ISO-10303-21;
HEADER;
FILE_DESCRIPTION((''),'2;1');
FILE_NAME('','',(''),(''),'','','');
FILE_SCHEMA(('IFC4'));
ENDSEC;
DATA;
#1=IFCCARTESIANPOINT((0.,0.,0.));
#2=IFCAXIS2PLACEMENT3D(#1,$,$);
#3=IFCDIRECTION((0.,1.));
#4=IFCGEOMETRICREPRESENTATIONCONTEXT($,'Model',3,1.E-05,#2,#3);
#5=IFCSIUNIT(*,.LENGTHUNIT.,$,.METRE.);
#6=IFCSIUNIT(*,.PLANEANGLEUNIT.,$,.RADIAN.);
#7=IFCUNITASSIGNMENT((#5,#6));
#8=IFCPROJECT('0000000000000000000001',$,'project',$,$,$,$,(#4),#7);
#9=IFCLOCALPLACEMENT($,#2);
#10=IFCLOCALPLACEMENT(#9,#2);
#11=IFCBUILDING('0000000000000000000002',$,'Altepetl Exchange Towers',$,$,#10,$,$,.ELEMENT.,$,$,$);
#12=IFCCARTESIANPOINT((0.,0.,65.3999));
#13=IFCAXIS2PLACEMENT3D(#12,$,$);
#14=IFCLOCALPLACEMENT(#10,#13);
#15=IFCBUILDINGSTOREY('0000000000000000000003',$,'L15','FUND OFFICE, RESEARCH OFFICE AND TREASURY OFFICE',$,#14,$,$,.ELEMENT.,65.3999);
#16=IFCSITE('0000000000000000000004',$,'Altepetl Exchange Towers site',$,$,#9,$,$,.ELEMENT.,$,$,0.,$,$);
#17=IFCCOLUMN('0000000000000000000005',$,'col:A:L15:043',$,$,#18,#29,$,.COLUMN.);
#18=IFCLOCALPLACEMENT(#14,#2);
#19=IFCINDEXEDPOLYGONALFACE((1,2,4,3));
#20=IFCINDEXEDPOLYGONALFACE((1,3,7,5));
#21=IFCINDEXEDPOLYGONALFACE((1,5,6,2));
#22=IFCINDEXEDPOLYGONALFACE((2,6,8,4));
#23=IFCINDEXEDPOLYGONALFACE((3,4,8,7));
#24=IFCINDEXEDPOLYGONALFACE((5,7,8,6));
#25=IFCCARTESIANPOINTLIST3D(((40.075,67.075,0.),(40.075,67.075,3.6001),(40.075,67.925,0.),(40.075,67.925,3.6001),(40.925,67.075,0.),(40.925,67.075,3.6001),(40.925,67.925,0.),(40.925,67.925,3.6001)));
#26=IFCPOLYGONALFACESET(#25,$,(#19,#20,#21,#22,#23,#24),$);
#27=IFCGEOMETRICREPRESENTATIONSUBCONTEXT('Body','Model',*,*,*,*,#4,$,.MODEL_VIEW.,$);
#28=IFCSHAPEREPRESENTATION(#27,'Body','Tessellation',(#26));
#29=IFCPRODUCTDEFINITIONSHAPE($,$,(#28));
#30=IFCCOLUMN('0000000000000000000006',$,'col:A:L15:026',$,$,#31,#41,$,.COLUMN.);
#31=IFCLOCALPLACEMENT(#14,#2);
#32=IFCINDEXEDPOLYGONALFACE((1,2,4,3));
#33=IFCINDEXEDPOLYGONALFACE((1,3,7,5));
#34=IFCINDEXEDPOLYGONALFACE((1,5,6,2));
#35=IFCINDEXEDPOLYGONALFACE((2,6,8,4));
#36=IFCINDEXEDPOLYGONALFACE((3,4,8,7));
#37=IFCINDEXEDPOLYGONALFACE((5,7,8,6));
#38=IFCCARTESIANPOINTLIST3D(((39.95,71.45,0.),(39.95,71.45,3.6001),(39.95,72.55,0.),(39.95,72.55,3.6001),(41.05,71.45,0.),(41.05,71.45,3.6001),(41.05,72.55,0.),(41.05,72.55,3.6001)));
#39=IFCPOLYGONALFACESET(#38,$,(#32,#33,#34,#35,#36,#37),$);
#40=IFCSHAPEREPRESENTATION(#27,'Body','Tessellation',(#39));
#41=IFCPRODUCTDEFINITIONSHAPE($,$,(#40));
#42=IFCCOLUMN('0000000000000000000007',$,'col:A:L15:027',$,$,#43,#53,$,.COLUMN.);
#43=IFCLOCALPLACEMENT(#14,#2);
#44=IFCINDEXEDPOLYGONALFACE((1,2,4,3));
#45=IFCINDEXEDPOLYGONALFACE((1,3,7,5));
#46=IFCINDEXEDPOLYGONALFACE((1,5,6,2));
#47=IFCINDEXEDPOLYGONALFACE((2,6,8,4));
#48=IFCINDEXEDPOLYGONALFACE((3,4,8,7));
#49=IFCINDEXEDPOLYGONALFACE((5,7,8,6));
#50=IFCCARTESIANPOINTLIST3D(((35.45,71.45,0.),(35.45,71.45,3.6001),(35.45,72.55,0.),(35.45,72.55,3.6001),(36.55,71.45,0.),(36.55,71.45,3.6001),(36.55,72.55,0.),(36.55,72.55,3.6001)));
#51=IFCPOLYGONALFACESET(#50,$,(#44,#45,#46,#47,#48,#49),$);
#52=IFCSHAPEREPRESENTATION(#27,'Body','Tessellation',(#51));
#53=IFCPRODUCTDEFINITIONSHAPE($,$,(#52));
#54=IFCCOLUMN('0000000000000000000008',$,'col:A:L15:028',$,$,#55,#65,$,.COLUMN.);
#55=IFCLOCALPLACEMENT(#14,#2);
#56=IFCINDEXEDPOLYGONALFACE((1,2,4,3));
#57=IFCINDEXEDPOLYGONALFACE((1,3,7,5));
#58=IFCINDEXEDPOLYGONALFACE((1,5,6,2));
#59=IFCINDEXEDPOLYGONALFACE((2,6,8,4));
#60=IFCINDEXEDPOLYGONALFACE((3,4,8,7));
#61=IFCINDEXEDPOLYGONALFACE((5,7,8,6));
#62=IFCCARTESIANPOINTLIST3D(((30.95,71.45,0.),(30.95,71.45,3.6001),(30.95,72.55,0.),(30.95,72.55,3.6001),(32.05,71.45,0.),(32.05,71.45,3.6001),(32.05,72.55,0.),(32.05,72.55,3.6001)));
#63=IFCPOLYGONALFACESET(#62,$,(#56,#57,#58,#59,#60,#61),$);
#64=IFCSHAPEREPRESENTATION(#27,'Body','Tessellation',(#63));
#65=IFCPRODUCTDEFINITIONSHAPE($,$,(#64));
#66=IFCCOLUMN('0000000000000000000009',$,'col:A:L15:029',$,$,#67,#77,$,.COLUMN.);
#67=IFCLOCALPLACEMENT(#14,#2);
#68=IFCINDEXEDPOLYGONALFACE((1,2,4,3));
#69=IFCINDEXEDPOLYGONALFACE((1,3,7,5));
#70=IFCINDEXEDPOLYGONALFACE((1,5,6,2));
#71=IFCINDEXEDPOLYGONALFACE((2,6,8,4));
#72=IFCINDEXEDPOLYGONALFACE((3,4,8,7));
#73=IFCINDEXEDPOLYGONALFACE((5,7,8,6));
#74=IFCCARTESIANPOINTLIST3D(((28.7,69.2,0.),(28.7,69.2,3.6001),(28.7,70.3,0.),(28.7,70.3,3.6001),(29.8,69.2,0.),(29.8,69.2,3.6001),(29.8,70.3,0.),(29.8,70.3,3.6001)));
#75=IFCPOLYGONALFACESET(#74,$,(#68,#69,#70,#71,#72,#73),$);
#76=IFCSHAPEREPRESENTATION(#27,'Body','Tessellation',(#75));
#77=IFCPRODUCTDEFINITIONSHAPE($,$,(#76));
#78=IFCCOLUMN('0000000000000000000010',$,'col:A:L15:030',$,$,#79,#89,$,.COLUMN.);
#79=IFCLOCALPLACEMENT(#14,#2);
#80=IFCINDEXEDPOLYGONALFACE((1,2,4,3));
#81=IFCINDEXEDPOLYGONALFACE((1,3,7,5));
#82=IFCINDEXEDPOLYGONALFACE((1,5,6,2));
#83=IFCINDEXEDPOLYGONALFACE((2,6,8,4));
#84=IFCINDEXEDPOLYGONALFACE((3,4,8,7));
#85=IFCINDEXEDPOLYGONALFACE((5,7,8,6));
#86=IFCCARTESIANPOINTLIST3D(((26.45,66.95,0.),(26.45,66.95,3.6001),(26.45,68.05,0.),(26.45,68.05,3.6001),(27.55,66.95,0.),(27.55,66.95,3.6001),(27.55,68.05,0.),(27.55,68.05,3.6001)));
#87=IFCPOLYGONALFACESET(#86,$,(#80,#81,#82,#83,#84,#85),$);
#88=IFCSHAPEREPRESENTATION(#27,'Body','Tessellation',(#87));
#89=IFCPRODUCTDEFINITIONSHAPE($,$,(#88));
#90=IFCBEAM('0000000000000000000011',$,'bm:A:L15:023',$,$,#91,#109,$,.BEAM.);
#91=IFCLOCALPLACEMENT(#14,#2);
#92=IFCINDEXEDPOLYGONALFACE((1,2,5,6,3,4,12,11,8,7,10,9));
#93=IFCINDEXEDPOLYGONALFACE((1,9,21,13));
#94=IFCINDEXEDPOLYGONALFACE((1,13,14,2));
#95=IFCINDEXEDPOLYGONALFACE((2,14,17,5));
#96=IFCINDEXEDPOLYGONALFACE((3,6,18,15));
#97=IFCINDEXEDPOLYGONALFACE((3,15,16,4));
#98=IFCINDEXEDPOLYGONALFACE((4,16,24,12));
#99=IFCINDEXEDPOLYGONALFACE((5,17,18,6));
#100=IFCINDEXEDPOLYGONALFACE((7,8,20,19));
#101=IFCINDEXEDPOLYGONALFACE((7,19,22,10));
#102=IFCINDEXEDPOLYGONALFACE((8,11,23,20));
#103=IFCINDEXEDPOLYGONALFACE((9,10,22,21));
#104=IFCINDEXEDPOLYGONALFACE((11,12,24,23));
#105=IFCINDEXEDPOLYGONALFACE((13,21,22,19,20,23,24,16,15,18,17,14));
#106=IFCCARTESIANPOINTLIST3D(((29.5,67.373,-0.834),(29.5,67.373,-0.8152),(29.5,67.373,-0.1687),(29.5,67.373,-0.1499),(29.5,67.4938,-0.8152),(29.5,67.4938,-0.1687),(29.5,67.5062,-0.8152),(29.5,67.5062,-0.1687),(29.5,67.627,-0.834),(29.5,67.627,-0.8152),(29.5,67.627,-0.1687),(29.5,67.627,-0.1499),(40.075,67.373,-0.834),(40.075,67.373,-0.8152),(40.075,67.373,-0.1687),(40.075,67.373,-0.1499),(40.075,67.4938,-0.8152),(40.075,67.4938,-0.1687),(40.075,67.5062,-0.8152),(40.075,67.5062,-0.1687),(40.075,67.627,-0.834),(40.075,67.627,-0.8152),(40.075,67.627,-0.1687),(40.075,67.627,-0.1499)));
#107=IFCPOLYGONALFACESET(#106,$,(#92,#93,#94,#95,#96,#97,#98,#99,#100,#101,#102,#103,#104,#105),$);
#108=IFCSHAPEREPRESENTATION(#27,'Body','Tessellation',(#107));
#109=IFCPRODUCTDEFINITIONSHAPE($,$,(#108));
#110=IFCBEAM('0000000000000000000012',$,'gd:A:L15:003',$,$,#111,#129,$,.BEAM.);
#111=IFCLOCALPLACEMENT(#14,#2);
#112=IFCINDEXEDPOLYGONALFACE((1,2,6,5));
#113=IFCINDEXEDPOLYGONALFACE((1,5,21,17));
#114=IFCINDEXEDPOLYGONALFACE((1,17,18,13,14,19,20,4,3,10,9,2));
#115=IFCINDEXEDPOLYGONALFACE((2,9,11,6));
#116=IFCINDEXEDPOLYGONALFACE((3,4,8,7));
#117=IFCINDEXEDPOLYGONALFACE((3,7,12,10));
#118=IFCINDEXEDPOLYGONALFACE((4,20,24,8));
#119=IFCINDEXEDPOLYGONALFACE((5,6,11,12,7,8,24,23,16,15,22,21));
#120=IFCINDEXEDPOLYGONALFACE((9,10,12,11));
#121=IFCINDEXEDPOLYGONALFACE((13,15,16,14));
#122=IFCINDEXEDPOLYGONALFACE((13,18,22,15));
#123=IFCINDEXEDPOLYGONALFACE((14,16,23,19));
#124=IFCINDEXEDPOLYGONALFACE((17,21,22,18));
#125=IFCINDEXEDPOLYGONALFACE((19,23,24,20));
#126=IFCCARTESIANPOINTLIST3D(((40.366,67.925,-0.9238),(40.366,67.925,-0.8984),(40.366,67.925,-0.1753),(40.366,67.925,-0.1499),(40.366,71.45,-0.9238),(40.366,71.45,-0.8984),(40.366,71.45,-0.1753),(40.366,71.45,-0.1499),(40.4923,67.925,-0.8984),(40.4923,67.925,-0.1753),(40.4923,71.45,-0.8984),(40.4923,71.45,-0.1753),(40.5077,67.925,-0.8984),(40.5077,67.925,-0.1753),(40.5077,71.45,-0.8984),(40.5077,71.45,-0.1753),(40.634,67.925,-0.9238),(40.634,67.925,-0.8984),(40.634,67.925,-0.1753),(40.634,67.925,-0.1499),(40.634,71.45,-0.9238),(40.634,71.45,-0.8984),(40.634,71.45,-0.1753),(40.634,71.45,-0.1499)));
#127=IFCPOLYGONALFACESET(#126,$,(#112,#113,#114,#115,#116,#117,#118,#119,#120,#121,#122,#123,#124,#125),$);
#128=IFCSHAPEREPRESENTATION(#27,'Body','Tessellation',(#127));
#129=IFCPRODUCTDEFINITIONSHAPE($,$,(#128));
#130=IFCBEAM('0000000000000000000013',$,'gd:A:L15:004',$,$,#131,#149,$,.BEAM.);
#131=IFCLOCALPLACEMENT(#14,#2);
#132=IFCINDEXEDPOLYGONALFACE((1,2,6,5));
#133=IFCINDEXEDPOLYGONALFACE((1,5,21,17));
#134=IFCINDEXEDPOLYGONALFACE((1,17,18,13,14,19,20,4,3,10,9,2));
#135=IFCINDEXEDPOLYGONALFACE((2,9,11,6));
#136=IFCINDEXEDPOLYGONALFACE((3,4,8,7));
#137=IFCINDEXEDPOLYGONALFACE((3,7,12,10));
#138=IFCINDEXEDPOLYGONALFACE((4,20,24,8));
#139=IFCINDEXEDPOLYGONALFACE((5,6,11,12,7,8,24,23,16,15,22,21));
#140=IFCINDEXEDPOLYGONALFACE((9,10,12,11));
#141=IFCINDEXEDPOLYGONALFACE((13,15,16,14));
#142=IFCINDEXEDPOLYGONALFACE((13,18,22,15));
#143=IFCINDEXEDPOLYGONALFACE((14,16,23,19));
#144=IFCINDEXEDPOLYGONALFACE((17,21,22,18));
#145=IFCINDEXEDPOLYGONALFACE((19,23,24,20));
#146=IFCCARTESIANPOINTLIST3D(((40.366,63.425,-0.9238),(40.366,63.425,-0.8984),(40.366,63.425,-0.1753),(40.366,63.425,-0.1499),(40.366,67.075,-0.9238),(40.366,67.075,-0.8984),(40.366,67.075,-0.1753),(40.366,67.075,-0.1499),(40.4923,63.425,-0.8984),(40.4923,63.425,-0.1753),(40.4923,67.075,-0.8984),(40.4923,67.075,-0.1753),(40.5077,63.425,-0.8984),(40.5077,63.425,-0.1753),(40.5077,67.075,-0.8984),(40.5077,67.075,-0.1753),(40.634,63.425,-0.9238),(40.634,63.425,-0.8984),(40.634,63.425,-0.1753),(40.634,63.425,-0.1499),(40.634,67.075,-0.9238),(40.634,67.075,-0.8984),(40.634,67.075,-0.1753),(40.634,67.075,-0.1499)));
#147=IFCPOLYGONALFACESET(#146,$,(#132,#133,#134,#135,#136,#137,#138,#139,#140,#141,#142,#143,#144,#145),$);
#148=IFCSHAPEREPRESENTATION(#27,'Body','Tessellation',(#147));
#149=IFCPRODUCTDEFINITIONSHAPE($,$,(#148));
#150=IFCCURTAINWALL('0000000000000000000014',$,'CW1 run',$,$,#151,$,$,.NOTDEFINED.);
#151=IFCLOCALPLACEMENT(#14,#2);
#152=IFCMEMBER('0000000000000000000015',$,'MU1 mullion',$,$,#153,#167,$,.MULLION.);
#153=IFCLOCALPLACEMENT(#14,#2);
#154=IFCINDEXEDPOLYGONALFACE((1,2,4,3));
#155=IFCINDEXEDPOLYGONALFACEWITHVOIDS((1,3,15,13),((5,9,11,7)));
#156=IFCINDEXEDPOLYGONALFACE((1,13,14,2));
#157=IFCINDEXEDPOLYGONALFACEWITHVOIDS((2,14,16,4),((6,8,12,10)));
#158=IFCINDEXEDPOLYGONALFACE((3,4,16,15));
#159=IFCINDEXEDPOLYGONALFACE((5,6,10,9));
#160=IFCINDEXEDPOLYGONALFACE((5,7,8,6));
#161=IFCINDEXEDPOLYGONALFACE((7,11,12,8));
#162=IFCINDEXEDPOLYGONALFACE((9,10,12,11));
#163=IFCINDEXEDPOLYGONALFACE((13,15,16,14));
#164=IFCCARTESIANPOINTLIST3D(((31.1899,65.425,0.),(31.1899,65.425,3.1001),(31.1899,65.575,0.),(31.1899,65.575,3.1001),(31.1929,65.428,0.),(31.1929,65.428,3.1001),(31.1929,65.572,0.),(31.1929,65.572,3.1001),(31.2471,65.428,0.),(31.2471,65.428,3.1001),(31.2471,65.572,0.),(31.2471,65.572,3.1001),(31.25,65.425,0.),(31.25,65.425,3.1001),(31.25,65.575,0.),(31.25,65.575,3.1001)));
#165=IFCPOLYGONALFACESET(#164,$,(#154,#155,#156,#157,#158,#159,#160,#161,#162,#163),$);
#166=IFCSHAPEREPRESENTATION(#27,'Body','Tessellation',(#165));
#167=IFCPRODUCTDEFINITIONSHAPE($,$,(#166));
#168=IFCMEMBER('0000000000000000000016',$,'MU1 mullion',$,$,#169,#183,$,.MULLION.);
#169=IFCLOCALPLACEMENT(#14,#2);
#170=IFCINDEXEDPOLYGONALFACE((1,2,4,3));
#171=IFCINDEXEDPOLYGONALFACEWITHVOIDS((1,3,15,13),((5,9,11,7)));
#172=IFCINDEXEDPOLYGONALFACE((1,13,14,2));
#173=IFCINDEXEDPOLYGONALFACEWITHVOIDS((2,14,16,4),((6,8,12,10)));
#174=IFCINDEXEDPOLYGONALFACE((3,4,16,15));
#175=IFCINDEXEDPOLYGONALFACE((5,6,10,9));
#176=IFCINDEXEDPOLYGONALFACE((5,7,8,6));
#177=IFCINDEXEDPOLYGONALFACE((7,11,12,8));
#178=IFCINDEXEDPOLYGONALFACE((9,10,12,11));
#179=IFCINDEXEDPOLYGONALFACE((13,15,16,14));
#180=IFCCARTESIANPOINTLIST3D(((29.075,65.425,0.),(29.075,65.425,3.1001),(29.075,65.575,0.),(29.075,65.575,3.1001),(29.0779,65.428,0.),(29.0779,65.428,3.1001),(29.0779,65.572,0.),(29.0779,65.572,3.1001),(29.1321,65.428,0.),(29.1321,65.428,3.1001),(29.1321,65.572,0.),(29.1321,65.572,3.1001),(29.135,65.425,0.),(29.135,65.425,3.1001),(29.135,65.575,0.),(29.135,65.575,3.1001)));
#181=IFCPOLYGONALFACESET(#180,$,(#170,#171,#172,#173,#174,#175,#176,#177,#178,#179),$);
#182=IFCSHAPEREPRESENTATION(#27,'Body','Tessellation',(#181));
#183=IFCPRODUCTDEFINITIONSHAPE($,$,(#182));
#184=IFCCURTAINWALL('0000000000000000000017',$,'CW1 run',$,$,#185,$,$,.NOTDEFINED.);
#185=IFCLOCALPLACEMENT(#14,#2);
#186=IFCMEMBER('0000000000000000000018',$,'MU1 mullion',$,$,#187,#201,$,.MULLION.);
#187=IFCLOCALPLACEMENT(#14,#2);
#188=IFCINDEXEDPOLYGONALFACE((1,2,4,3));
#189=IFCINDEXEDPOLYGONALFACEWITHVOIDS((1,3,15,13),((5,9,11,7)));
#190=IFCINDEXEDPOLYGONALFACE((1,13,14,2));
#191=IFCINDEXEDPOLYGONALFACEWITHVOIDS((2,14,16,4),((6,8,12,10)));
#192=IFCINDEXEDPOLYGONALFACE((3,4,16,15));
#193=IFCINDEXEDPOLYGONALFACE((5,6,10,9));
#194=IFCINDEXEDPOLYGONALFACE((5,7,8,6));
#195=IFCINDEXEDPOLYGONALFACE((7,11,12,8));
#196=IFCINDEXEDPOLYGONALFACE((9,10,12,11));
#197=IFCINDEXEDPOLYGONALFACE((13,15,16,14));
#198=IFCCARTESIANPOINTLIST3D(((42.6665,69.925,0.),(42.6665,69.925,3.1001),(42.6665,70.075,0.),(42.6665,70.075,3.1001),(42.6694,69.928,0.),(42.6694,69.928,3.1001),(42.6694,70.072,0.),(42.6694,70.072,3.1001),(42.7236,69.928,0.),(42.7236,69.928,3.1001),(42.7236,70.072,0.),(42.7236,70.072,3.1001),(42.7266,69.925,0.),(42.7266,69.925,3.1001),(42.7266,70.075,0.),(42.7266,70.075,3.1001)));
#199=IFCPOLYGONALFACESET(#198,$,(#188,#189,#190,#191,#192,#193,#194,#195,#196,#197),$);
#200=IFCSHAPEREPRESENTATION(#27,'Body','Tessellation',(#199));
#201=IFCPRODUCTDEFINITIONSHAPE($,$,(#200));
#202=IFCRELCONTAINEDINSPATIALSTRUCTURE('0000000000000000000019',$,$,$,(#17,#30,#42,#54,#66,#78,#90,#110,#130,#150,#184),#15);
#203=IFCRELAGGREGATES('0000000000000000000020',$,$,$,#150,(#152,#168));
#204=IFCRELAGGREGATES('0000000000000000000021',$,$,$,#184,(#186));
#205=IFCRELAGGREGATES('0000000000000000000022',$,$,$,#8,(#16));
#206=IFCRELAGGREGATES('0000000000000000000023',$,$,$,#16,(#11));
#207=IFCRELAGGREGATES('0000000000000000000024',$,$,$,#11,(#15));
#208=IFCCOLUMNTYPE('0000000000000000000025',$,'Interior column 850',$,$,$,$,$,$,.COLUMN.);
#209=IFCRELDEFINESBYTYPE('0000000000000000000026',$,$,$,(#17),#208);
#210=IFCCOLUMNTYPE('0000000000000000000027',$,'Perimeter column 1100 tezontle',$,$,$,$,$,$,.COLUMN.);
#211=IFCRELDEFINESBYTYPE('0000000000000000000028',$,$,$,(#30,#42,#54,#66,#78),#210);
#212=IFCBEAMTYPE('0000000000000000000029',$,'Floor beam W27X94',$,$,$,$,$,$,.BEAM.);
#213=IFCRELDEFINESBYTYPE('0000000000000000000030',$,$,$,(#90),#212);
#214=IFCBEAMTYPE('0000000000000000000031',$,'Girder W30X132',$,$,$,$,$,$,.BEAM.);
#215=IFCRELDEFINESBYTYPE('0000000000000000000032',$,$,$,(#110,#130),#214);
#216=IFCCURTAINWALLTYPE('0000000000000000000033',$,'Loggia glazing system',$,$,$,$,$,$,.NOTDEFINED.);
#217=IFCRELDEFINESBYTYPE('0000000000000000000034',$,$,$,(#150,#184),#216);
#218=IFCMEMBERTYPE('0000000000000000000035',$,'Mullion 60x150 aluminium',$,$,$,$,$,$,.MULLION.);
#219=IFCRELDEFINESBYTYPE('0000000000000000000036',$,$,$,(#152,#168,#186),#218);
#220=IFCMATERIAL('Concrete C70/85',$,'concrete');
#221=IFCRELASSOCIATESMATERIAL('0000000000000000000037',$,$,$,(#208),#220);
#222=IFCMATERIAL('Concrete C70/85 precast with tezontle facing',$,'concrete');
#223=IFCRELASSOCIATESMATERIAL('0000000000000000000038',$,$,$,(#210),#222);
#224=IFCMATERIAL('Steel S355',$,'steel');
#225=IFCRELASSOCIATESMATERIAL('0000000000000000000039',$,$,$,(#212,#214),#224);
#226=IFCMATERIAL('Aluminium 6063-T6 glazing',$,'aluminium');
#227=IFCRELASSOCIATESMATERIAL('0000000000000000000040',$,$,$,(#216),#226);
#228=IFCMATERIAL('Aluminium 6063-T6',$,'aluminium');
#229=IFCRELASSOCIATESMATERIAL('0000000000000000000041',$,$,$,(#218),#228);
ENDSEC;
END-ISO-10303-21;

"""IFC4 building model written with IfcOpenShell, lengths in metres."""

from ifc_helpers import new_model, si_unit, direction, frame, origin, origin_2d, place, context, subcontext, project, spatial, rectangle, hollow_rectangle, i_section, extrude, material, material_profile, profile_set, type_object, element, aggregate, save


model = new_model("IFC4")

# Units and contexts
model_context = context("Model", 3, precision=1e-05, world=origin(), true_north=direction((0.0, 1.0)))
body_context = subcontext(model_context, "Body", "Model", "MODEL_VIEW")
ifc_project = project(units=[si_unit("LENGTHUNIT", "METRE"), si_unit("PLANEANGLEUNIT", "RADIAN")], contexts=[model_context])

# Site, building, storey
site_placement = place(None, origin())
site = spatial("IfcSite", under=ifc_project, at=site_placement, Name="Altepetl Exchange Towers site", CompositionType="ELEMENT", RefElevation=0.0)
building_placement = place(site_placement, origin())
building = spatial("IfcBuilding", under=site, at=building_placement, Name="Altepetl Exchange Towers", CompositionType="ELEMENT")
storey_placement = place(building_placement, frame((0.0, 0.0, 65.3999)))
storey = spatial("IfcBuildingStorey", under=building, at=storey_placement, Name="L15", Description="FUND OFFICE, RESEARCH OFFICE AND TREASURY OFFICE", CompositionType="ELEMENT", Elevation=65.3999)

# Columns
ifc_material_1 = material(Name="Concrete C70/85", Category="concrete")
ifc_material_profile_1 = material_profile(ifc_material_1, rectangle(XDim=0.8501, YDim=0.8501, at=origin_2d()), Name="850 x 850")
ifc_profile_set_1 = profile_set([ifc_material_profile_1], Name="Concrete C70/85")
column_type_1 = type_object("IfcColumnType", Name="Interior column 850", PredefinedType="COLUMN", material=ifc_profile_set_1)
column_placement = place(storey_placement, frame((40.5, 67.5, 0.0)))
element("IfcColumn", 1, at=column_placement, inside=storey, type_object=column_type_1, Name="col:A:L15:043", PredefinedType="COLUMN", context=body_context, shape_type="SweptSolid", body=[
    extrude(rectangle(XDim=0.8501, YDim=0.8501, at=origin_2d()), origin(), (0.0, 0.0, 1.0), 3.6001),
])
ifc_material_2 = material(Name="Concrete C70/85 precast with tezontle facing", Category="concrete")
ifc_material_profile_2 = material_profile(ifc_material_2, rectangle(XDim=1.1001, YDim=1.1001, at=origin_2d()), Name="1100 x 1100")
ifc_profile_set_2 = profile_set([ifc_material_profile_2], Name="Concrete C70/85 precast with tezontle facing")
column_type_2 = type_object("IfcColumnType", Name="Perimeter column 1100 tezontle", PredefinedType="COLUMN", material=ifc_profile_set_2)
for number, where, name in (
    (2, (40.5, 72.0, 0.0), "col:A:L15:026"),
    (3, (36.0, 72.0, 0.0), "col:A:L15:027"),
    (4, (31.5, 72.0, 0.0), "col:A:L15:028"),
    (5, (29.25, 69.75, 0.0), "col:A:L15:029"),
    (6, (27.0, 67.5, 0.0), "col:A:L15:030"),
):
    element("IfcColumn", number, at=place(storey_placement, frame(where)), inside=storey, type_object=column_type_2, Name=name, PredefinedType="COLUMN", context=body_context, shape_type="SweptSolid", body=[
        extrude(rectangle(XDim=1.1001, YDim=1.1001, at=origin_2d()), origin(), (0.0, 0.0, 1.0), 3.6001),
    ])

# Beams
ifc_material_3 = material(Name="Steel S355", Category="steel")
ifc_material_profile_3 = material_profile(ifc_material_3, i_section(OverallWidth=0.2539, OverallDepth=0.6841, WebThickness=0.0125, FlangeThickness=0.0188, at=origin_2d()), Name="W27X94")
ifc_profile_set_3 = profile_set([ifc_material_profile_3], Name="Steel S355")
beam_type_1 = type_object("IfcBeamType", Name="Floor beam W27X94", PredefinedType="BEAM", material=ifc_profile_set_3)
beam_1_placement = place(storey_placement, frame((29.5, 67.5, -0.4919), z_axis=(1.0, 0.0, 0.0), x_axis=(0.0, 1.0, 0.0)))
element("IfcBeam", 7, at=beam_1_placement, inside=storey, type_object=beam_type_1, Name="bm:A:L15:023", PredefinedType="BEAM", context=body_context, shape_type="SweptSolid", body=[
    extrude(i_section(OverallWidth=0.2539, OverallDepth=0.6841, WebThickness=0.0125, FlangeThickness=0.0188, at=origin_2d()), origin(), (0.0, 0.0, 1.0), 10.575),
])
ifc_material_profile_4 = material_profile(ifc_material_3, i_section(OverallWidth=0.2681, OverallDepth=0.7739, WebThickness=0.0154, FlangeThickness=0.0254, at=origin_2d()), Name="W30X132")
ifc_profile_set_4 = profile_set([ifc_material_profile_4], Name="Steel S355")
beam_type_2 = type_object("IfcBeamType", Name="Girder W30X132", PredefinedType="BEAM", material=ifc_profile_set_4)
beam_2_placement = place(storey_placement, frame((40.5, 71.45, -0.5369), z_axis=(0.0, -1.0, 0.0), x_axis=(1.0, 0.0, 0.0)))
element("IfcBeam", 8, at=beam_2_placement, inside=storey, type_object=beam_type_2, Name="gd:A:L15:003", PredefinedType="BEAM", context=body_context, shape_type="SweptSolid", body=[
    extrude(i_section(OverallWidth=0.2681, OverallDepth=0.7739, WebThickness=0.0154, FlangeThickness=0.0254, at=origin_2d()), origin(), (0.0, 0.0, 1.0), 3.5249),
])
beam_3_placement = place(storey_placement, frame((40.5, 67.075, -0.5369), z_axis=(0.0, -1.0, 0.0), x_axis=(1.0, 0.0, 0.0)))
element("IfcBeam", 9, at=beam_3_placement, inside=storey, type_object=beam_type_2, Name="gd:A:L15:004", PredefinedType="BEAM", context=body_context, shape_type="SweptSolid", body=[
    extrude(i_section(OverallWidth=0.2681, OverallDepth=0.7739, WebThickness=0.0154, FlangeThickness=0.0254, at=origin_2d()), origin(), (0.0, 0.0, 1.0), 3.6499),
])

# Curtain walls, members
ifc_material_4 = material(Name="Aluminium 6063-T6 glazing", Category="aluminium")
curtain_wall_type = type_object("IfcCurtainWallType", Name="Loggia glazing system", PredefinedType="NOTDEFINED", material=ifc_material_4)
curtain_wall_1_placement = place(storey_placement, origin())
curtain_wall_1 = element("IfcCurtainWall", 10, at=curtain_wall_1_placement, inside=storey, type_object=curtain_wall_type, Name="CW1 run", PredefinedType="NOTDEFINED")
ifc_material_5 = material(Name="Aluminium 6063-T6", Category="aluminium")
ifc_material_profile_5 = material_profile(ifc_material_5, hollow_rectangle(XDim=0.0601, YDim=0.1499, WallThickness=0.0029, at=origin_2d()), Name="Mullion 60x150 aluminium")
ifc_profile_set_5 = profile_set([ifc_material_profile_5], Name="Aluminium 6063-T6")
member_type = type_object("IfcMemberType", Name="Mullion 60x150 aluminium", PredefinedType="MULLION", material=ifc_profile_set_5)
member_1_placement = place(storey_placement, frame((31.22, 65.5, 0.0), z_axis=(0.0, 0.0, 1.0), x_axis=(-1.0, 0.0, 0.0)))
member_1 = element("IfcMember", 11, at=member_1_placement, type_object=member_type, Name="MU1 mullion", PredefinedType="MULLION", context=body_context, shape_type="SweptSolid", body=[
    extrude(hollow_rectangle(XDim=0.0601, YDim=0.1499, WallThickness=0.0029, at=origin_2d()), origin(), (0.0, 0.0, 1.0), 3.1001),
])
member_2_placement = place(storey_placement, frame((29.105, 65.5, 0.0), z_axis=(0.0, 0.0, 1.0), x_axis=(-1.0, 0.0, 0.0)))
member_2 = element("IfcMember", 12, at=member_2_placement, type_object=member_type, Name="MU1 mullion", PredefinedType="MULLION", context=body_context, shape_type="SweptSolid", body=[
    extrude(hollow_rectangle(XDim=0.0601, YDim=0.1499, WallThickness=0.0029, at=origin_2d()), origin(), (0.0, 0.0, 1.0), 3.1001),
])
curtain_wall_2_placement = place(storey_placement, origin())
curtain_wall_2 = element("IfcCurtainWall", 13, at=curtain_wall_2_placement, inside=storey, type_object=curtain_wall_type, Name="CW1 run", PredefinedType="NOTDEFINED")
member_3_placement = place(storey_placement, frame((42.6965, 70.0, 0.0), z_axis=(0.0, 0.0, 1.0), x_axis=(-1.0, 0.0, 0.0)))
member_3 = element("IfcMember", 14, at=member_3_placement, type_object=member_type, Name="MU1 mullion", PredefinedType="MULLION", context=body_context, shape_type="SweptSolid", body=[
    extrude(hollow_rectangle(XDim=0.0601, YDim=0.1499, WallThickness=0.0029, at=origin_2d()), origin(), (0.0, 0.0, 1.0), 3.1001),
])

aggregate(curtain_wall_1, [member_1, member_2])
aggregate(curtain_wall_2, [member_3])

save(model, "model.ifc")
